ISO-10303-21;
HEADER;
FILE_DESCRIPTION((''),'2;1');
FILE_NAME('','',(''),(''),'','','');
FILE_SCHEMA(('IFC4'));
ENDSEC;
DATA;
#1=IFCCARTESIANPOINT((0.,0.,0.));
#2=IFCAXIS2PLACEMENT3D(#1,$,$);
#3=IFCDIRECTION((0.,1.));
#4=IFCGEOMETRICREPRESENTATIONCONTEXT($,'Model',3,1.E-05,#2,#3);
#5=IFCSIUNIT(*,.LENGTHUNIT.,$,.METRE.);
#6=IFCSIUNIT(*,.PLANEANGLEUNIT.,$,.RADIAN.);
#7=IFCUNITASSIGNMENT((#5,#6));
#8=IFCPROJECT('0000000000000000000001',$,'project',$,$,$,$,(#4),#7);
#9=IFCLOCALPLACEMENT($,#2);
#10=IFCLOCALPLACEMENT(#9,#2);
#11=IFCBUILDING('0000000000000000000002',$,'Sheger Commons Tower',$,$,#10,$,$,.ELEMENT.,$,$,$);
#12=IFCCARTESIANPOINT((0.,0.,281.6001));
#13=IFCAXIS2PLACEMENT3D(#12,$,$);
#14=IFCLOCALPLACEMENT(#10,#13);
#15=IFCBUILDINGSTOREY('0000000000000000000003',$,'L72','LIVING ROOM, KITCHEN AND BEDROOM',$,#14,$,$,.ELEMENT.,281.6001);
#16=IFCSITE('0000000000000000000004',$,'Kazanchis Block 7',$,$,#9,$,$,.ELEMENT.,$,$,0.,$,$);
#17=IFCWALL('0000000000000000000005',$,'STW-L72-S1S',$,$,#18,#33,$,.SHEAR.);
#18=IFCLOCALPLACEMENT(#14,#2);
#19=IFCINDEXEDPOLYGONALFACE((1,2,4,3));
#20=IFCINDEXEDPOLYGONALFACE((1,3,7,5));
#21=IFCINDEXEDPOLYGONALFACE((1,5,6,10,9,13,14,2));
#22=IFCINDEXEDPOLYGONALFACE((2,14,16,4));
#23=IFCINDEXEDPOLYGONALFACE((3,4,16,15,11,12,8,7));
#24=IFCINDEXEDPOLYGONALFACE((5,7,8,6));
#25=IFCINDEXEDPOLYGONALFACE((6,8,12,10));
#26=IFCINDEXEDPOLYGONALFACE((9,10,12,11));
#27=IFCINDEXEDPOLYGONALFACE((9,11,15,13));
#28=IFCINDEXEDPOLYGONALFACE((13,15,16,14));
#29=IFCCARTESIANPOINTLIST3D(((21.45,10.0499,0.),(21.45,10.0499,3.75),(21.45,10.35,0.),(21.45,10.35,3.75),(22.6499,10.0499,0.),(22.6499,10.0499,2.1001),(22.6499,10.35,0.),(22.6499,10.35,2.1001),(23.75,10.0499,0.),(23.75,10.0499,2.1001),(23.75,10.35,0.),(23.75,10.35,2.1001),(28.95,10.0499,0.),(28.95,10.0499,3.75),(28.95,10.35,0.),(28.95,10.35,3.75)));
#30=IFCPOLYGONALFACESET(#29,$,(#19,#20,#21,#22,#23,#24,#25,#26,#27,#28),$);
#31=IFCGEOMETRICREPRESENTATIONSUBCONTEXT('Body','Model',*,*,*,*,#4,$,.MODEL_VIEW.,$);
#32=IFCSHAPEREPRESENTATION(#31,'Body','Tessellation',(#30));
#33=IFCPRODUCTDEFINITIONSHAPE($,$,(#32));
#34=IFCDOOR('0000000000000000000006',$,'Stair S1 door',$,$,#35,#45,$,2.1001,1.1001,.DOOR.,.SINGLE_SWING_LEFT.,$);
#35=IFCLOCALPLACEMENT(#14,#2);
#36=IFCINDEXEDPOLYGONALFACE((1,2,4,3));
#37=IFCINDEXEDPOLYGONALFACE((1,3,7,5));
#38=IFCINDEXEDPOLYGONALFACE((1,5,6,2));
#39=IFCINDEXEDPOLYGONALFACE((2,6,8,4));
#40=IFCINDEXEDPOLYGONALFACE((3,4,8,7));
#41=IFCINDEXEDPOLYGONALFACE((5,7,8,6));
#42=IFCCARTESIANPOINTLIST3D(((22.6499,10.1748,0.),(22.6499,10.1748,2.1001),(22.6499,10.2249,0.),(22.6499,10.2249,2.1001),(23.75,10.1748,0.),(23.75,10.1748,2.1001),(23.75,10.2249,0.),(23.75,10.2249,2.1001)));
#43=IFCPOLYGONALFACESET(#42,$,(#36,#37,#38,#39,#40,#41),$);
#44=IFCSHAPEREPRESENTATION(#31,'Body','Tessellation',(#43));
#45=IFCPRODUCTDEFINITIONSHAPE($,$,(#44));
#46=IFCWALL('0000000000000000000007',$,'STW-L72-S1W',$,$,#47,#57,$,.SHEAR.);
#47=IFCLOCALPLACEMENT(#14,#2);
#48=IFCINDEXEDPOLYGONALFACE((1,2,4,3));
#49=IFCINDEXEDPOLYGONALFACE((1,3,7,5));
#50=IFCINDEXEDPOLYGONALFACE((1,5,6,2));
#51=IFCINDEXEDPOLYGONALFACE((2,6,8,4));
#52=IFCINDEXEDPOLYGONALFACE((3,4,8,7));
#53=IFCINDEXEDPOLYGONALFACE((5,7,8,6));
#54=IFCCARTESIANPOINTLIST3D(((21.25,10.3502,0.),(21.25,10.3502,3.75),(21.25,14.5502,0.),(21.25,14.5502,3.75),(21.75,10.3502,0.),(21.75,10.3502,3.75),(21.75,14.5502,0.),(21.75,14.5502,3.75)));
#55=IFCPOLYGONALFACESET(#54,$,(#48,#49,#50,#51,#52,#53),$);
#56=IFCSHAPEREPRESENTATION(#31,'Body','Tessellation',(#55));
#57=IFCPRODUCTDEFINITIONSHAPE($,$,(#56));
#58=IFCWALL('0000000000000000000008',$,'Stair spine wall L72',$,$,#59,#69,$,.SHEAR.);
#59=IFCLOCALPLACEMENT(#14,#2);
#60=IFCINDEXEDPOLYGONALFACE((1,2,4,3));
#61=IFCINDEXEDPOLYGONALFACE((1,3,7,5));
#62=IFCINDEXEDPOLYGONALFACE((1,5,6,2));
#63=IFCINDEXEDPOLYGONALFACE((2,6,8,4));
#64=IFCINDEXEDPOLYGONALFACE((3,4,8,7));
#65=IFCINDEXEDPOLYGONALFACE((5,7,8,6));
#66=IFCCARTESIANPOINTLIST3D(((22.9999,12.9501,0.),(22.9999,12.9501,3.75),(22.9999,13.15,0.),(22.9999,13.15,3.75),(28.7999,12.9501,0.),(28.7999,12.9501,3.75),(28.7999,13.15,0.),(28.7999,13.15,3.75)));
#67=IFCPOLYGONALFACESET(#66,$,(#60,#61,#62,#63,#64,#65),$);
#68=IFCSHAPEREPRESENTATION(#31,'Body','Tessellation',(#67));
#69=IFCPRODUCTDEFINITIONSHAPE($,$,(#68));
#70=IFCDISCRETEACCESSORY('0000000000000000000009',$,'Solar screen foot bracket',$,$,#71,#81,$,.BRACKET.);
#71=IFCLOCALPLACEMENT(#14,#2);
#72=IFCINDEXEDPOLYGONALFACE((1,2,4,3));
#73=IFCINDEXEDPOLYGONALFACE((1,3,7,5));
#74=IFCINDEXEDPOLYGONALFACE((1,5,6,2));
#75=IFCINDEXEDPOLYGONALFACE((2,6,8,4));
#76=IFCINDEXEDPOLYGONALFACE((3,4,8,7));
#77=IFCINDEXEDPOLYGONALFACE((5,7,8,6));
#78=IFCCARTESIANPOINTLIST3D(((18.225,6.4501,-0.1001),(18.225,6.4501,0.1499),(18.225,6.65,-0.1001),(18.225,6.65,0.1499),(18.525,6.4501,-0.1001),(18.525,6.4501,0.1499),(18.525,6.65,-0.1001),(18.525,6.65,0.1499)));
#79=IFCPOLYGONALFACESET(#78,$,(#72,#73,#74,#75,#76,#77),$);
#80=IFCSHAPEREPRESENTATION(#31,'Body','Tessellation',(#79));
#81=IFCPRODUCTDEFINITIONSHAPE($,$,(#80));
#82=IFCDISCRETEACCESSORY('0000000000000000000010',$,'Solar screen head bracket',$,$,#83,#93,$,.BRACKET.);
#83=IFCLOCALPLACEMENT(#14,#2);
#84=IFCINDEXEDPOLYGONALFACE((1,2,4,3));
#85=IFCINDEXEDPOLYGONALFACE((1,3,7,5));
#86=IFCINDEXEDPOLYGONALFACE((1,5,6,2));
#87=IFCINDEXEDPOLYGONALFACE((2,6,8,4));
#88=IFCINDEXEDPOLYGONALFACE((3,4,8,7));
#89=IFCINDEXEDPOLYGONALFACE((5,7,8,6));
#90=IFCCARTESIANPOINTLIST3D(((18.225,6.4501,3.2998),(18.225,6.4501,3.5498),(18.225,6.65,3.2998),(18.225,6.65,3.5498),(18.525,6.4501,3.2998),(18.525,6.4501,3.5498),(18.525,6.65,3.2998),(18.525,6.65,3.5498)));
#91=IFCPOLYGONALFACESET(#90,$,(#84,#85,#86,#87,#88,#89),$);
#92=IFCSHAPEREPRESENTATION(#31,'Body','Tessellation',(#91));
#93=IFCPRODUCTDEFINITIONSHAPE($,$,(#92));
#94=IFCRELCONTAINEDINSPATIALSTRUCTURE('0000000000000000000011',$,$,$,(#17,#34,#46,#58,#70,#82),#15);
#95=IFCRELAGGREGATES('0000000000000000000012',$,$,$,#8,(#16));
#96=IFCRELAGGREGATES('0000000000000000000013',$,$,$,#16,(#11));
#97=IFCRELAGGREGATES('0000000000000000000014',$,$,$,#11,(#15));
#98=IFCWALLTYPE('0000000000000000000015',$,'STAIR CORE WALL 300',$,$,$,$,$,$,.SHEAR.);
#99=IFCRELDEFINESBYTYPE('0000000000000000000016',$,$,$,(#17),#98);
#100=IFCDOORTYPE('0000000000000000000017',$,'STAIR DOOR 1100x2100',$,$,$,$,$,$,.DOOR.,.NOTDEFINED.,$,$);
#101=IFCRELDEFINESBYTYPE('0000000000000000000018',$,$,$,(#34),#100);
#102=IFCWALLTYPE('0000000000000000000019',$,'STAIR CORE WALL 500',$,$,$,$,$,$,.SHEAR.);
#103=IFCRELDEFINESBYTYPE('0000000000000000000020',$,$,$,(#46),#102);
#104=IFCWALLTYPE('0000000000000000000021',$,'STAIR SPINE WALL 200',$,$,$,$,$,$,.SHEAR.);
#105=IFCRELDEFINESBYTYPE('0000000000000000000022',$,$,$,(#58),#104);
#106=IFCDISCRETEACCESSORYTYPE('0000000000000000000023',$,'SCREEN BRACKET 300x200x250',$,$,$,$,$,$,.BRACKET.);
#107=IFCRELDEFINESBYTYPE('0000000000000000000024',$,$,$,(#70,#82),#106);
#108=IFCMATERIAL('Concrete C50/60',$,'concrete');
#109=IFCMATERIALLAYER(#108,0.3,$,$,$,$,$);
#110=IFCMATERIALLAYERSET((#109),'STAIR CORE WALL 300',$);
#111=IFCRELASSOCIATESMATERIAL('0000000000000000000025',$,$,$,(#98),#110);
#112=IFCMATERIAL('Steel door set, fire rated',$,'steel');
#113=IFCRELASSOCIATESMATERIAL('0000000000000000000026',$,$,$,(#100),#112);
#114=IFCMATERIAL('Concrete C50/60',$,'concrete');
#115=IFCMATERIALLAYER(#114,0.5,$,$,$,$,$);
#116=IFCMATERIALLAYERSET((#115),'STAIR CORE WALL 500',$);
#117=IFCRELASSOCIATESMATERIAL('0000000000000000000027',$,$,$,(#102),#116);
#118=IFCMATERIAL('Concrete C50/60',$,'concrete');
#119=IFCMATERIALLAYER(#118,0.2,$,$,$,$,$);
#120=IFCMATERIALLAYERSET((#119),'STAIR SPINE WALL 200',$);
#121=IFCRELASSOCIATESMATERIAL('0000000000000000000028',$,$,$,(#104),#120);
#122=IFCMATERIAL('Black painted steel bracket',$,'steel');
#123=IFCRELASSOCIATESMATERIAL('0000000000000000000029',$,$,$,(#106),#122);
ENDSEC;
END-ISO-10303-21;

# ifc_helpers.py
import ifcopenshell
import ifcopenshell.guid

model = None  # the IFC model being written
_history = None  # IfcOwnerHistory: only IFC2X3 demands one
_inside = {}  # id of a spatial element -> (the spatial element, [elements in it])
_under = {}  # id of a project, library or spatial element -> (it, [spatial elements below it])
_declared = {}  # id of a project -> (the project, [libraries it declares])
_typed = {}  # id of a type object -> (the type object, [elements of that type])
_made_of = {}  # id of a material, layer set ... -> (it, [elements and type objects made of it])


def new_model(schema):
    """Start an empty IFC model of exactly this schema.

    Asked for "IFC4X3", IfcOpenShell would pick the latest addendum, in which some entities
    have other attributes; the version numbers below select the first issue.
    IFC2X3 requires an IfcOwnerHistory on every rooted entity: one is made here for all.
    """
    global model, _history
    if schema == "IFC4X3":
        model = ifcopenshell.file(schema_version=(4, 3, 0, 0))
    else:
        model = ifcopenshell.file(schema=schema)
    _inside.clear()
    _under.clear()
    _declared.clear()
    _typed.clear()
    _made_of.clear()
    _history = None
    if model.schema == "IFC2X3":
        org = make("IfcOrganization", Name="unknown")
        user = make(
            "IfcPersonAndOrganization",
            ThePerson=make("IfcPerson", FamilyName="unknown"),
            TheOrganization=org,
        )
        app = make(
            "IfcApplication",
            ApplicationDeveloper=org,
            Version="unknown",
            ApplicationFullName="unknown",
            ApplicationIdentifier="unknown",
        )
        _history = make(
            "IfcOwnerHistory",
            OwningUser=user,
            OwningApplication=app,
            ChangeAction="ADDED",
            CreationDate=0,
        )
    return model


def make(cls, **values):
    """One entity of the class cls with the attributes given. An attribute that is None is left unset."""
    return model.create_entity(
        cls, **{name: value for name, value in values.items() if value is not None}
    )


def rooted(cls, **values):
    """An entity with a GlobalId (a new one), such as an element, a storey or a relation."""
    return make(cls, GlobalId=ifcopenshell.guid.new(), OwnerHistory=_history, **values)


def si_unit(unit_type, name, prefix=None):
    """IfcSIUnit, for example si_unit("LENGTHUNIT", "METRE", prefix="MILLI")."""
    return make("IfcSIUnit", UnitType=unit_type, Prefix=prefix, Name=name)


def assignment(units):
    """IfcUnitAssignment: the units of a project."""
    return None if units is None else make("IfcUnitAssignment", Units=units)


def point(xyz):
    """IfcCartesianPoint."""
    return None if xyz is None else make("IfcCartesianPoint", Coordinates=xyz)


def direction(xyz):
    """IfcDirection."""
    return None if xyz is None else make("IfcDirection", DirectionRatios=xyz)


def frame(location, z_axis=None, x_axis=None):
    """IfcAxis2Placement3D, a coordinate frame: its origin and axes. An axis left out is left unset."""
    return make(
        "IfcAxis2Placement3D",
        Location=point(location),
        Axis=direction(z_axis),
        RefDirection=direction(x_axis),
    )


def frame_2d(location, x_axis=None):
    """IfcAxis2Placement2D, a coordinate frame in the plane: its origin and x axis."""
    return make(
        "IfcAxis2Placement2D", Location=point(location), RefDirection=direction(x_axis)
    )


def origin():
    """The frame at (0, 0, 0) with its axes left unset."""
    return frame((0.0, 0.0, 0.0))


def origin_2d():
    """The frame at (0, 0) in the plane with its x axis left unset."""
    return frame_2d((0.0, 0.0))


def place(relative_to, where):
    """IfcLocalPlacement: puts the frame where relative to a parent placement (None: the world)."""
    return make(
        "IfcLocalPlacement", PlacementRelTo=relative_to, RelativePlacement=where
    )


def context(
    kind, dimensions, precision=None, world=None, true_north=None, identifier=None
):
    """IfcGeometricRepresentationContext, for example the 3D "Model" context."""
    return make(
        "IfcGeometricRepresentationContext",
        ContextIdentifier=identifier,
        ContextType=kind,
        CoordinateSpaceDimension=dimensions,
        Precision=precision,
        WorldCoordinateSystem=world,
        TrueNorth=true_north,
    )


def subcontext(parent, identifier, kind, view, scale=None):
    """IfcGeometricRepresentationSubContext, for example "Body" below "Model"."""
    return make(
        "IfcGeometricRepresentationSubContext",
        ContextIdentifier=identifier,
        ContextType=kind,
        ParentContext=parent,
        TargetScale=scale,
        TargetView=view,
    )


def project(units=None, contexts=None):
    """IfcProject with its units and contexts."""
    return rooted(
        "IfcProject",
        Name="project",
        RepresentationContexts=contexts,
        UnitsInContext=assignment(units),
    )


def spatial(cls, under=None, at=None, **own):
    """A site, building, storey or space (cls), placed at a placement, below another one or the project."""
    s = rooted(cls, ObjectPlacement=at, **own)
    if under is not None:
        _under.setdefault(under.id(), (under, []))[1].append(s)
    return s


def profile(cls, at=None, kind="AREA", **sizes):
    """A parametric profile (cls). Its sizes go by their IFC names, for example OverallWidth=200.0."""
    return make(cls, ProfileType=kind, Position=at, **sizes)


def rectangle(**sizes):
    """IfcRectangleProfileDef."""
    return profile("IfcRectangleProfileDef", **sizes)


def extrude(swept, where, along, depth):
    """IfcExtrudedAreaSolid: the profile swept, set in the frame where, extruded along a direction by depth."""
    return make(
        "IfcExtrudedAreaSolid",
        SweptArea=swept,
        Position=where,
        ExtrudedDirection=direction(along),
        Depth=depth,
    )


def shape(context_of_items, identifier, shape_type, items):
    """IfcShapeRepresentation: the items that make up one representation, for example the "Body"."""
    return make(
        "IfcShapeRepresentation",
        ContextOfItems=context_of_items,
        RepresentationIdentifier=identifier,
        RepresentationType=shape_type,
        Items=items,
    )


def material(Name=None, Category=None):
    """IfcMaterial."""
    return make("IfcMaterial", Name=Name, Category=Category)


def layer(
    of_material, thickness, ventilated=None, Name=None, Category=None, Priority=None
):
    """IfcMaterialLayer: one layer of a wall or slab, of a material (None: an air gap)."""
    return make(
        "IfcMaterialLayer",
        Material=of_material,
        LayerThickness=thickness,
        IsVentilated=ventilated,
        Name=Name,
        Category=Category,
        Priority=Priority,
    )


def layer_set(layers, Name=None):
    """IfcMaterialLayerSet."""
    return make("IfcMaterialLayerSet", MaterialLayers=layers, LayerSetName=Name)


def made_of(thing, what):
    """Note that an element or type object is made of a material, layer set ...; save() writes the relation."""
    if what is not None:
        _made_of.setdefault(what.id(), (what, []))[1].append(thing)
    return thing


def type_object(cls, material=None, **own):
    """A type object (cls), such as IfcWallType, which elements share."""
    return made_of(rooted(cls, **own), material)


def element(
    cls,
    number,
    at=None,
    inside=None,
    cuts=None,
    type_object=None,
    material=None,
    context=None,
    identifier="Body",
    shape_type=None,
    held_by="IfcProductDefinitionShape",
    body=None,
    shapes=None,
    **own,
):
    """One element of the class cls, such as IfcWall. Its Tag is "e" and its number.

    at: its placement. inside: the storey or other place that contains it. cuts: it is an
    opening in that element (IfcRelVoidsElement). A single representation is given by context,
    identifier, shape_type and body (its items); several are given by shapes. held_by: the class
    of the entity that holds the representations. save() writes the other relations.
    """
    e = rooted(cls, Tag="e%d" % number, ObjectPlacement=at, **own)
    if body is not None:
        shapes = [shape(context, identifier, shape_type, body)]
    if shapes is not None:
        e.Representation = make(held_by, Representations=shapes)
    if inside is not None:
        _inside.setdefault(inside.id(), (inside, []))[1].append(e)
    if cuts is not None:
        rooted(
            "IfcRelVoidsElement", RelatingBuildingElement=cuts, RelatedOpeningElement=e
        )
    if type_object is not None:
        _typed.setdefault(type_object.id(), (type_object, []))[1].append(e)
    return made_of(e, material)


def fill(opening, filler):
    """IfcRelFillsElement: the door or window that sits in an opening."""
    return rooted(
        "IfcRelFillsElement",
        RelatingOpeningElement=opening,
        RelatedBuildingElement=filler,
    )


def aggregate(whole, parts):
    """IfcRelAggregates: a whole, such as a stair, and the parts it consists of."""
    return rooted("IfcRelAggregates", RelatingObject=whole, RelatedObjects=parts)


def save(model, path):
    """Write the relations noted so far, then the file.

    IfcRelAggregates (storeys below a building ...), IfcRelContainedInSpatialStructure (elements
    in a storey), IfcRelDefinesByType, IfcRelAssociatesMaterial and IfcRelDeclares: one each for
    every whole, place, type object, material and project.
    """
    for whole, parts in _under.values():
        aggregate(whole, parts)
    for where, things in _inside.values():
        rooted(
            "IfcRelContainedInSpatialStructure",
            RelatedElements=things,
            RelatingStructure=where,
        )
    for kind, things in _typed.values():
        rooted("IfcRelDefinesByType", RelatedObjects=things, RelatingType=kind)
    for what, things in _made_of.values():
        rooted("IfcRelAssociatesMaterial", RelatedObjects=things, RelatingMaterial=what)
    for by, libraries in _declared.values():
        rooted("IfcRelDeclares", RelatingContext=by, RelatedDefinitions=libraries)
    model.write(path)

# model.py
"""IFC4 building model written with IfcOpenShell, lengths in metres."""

from ifc_helpers import new_model, si_unit, direction, frame, frame_2d, origin, origin_2d, place, context, subcontext, project, spatial, rectangle, extrude, material, layer, layer_set, type_object, element, fill, save


model = new_model("IFC4")

# Units and contexts
model_context = context("Model", 3, precision=1e-05, world=origin(), true_north=direction((0.0, 1.0)))
body_context = subcontext(model_context, "Body", "Model", "MODEL_VIEW")
ifc_project = project(units=[si_unit("LENGTHUNIT", "METRE"), si_unit("PLANEANGLEUNIT", "RADIAN")], contexts=[model_context])

# Site, building, storey
site_placement = place(None, origin())
site = spatial("IfcSite", under=ifc_project, at=site_placement, Name="Kazanchis Block 7", CompositionType="ELEMENT", RefElevation=0.0)
building_placement = place(site_placement, origin())
building = spatial("IfcBuilding", under=site, at=building_placement, Name="Sheger Commons Tower", CompositionType="ELEMENT")
storey_placement = place(building_placement, frame((0.0, 0.0, 281.6001)))
storey = spatial("IfcBuildingStorey", under=building, at=storey_placement, Name="L72", Description="LIVING ROOM, KITCHEN AND BEDROOM", CompositionType="ELEMENT", Elevation=281.6001)

# Wall, opening, door
ifc_material_1 = material(Name="Concrete C50/60", Category="concrete")
ifc_layer_1 = layer(ifc_material_1, 0.3)
ifc_layer_set_1 = layer_set([ifc_layer_1], Name="STAIR CORE WALL 300")
wall_type_1 = type_object("IfcWallType", Name="STAIR CORE WALL 300", PredefinedType="SHEAR", material=ifc_layer_set_1)
wall_1_placement = place(storey_placement, frame((21.45, 10.2, 0.0), z_axis=(0.0, 0.0, 1.0), x_axis=(1.0, 0.0, 0.0)))
wall_1 = element("IfcWall", 1, at=wall_1_placement, inside=storey, type_object=wall_type_1, Name="STW-L72-S1S", PredefinedType="SHEAR", context=body_context, shape_type="SweptSolid", body=[
    extrude(rectangle(XDim=7.5, YDim=0.3, at=frame_2d((3.75, 0.0))), origin(), (0.0, 0.0, 1.0), 3.75),
])
opening_placement = place(wall_1_placement, frame((1.2, 0.0, 0.0)))
opening = element("IfcOpeningElement", 2, at=opening_placement, cuts=wall_1, PredefinedType="OPENING", context=body_context, shape_type="SweptSolid", body=[
    extrude(rectangle(XDim=1.1001, YDim=2.1001, at=frame_2d((0.55, 1.05))), frame((0.0, 0.1599, 0.0), z_axis=(0.0, -1.0, 0.0), x_axis=(1.0, 0.0, 0.0)), (0.0, 0.0, 1.0), 0.3201),
])
ifc_material_2 = material(Name="Steel door set, fire rated", Category="steel")
door_type = type_object("IfcDoorType", Name="STAIR DOOR 1100x2100", OperationType="NOTDEFINED", PredefinedType="DOOR", material=ifc_material_2)
door_placement = place(opening_placement, origin())
door = element("IfcDoor", 3, at=door_placement, inside=storey, type_object=door_type, Name="Stair S1 door", OperationType="SINGLE_SWING_LEFT", OverallHeight=2.1001, OverallWidth=1.1001, PredefinedType="DOOR", context=body_context, shape_type="SweptSolid", body=[
    extrude(rectangle(XDim=1.1001, YDim=2.1001, at=frame_2d((0.55, 1.05))), frame((0.0, 0.0249, 0.0), z_axis=(0.0, -1.0, 0.0), x_axis=(1.0, 0.0, 0.0)), (0.0, 0.0, 1.0), 0.05),
])
fill(opening, door)

# Walls
ifc_material_3 = material(Name="Concrete C50/60", Category="concrete")
ifc_layer_2 = layer(ifc_material_3, 0.5)
ifc_layer_set_2 = layer_set([ifc_layer_2], Name="STAIR CORE WALL 500")
wall_type_2 = type_object("IfcWallType", Name="STAIR CORE WALL 500", PredefinedType="SHEAR", material=ifc_layer_set_2)
wall_2_placement = place(storey_placement, frame((21.5, 10.3501, 0.0), z_axis=(0.0, 0.0, 1.0), x_axis=(0.0, 1.0, 0.0)))
element("IfcWall", 4, at=wall_2_placement, inside=storey, type_object=wall_type_2, Name="STW-L72-S1W", PredefinedType="SHEAR", context=body_context, shape_type="SweptSolid", body=[
    extrude(rectangle(XDim=4.2, YDim=0.5, at=frame_2d((2.1001, 0.0))), origin(), (0.0, 0.0, 1.0), 3.75),
])
ifc_material_4 = material(Name="Concrete C50/60", Category="concrete")
ifc_layer_3 = layer(ifc_material_4, 0.2)
ifc_layer_set_3 = layer_set([ifc_layer_3], Name="STAIR SPINE WALL 200")
wall_type_3 = type_object("IfcWallType", Name="STAIR SPINE WALL 200", PredefinedType="SHEAR", material=ifc_layer_set_3)
wall_3_placement = place(storey_placement, frame((23.0, 13.05, 0.0), z_axis=(0.0, 0.0, 1.0), x_axis=(1.0, 0.0, 0.0)))
element("IfcWall", 5, at=wall_3_placement, inside=storey, type_object=wall_type_3, Name="Stair spine wall L72", PredefinedType="SHEAR", context=body_context, shape_type="SweptSolid", body=[
    extrude(rectangle(XDim=5.8, YDim=0.2, at=frame_2d((2.8999, 0.0))), origin(), (0.0, 0.0, 1.0), 3.75),
])

# Discrete accessories
ifc_material_5 = material(Name="Black painted steel bracket", Category="steel")
discrete_accessory_type = type_object("IfcDiscreteAccessoryType", Name="SCREEN BRACKET 300x200x250", PredefinedType="BRACKET", material=ifc_material_5)
for number, where, z_axis, x_axis, name in (
    (6, (18.375, 6.55, -0.1001), (0.0, 0.0, 1.0), (1.0, 0.0, 0.0), "Solar screen foot bracket"),
    (7, (18.375, 6.55, 3.2998), (0.0, 0.0, 1.0), (1.0, 0.0, 0.0), "Solar screen head bracket"),
):
    element("IfcDiscreteAccessory", number, at=place(storey_placement, frame(where, z_axis=z_axis, x_axis=x_axis)), inside=storey, type_object=discrete_accessory_type, Name=name, PredefinedType="BRACKET", context=body_context, shape_type="SweptSolid", body=[
        extrude(rectangle(XDim=0.3, YDim=0.2, at=origin_2d()), origin(), (0.0, 0.0, 1.0), 0.25),
    ])

save(model, "model.ifc")
